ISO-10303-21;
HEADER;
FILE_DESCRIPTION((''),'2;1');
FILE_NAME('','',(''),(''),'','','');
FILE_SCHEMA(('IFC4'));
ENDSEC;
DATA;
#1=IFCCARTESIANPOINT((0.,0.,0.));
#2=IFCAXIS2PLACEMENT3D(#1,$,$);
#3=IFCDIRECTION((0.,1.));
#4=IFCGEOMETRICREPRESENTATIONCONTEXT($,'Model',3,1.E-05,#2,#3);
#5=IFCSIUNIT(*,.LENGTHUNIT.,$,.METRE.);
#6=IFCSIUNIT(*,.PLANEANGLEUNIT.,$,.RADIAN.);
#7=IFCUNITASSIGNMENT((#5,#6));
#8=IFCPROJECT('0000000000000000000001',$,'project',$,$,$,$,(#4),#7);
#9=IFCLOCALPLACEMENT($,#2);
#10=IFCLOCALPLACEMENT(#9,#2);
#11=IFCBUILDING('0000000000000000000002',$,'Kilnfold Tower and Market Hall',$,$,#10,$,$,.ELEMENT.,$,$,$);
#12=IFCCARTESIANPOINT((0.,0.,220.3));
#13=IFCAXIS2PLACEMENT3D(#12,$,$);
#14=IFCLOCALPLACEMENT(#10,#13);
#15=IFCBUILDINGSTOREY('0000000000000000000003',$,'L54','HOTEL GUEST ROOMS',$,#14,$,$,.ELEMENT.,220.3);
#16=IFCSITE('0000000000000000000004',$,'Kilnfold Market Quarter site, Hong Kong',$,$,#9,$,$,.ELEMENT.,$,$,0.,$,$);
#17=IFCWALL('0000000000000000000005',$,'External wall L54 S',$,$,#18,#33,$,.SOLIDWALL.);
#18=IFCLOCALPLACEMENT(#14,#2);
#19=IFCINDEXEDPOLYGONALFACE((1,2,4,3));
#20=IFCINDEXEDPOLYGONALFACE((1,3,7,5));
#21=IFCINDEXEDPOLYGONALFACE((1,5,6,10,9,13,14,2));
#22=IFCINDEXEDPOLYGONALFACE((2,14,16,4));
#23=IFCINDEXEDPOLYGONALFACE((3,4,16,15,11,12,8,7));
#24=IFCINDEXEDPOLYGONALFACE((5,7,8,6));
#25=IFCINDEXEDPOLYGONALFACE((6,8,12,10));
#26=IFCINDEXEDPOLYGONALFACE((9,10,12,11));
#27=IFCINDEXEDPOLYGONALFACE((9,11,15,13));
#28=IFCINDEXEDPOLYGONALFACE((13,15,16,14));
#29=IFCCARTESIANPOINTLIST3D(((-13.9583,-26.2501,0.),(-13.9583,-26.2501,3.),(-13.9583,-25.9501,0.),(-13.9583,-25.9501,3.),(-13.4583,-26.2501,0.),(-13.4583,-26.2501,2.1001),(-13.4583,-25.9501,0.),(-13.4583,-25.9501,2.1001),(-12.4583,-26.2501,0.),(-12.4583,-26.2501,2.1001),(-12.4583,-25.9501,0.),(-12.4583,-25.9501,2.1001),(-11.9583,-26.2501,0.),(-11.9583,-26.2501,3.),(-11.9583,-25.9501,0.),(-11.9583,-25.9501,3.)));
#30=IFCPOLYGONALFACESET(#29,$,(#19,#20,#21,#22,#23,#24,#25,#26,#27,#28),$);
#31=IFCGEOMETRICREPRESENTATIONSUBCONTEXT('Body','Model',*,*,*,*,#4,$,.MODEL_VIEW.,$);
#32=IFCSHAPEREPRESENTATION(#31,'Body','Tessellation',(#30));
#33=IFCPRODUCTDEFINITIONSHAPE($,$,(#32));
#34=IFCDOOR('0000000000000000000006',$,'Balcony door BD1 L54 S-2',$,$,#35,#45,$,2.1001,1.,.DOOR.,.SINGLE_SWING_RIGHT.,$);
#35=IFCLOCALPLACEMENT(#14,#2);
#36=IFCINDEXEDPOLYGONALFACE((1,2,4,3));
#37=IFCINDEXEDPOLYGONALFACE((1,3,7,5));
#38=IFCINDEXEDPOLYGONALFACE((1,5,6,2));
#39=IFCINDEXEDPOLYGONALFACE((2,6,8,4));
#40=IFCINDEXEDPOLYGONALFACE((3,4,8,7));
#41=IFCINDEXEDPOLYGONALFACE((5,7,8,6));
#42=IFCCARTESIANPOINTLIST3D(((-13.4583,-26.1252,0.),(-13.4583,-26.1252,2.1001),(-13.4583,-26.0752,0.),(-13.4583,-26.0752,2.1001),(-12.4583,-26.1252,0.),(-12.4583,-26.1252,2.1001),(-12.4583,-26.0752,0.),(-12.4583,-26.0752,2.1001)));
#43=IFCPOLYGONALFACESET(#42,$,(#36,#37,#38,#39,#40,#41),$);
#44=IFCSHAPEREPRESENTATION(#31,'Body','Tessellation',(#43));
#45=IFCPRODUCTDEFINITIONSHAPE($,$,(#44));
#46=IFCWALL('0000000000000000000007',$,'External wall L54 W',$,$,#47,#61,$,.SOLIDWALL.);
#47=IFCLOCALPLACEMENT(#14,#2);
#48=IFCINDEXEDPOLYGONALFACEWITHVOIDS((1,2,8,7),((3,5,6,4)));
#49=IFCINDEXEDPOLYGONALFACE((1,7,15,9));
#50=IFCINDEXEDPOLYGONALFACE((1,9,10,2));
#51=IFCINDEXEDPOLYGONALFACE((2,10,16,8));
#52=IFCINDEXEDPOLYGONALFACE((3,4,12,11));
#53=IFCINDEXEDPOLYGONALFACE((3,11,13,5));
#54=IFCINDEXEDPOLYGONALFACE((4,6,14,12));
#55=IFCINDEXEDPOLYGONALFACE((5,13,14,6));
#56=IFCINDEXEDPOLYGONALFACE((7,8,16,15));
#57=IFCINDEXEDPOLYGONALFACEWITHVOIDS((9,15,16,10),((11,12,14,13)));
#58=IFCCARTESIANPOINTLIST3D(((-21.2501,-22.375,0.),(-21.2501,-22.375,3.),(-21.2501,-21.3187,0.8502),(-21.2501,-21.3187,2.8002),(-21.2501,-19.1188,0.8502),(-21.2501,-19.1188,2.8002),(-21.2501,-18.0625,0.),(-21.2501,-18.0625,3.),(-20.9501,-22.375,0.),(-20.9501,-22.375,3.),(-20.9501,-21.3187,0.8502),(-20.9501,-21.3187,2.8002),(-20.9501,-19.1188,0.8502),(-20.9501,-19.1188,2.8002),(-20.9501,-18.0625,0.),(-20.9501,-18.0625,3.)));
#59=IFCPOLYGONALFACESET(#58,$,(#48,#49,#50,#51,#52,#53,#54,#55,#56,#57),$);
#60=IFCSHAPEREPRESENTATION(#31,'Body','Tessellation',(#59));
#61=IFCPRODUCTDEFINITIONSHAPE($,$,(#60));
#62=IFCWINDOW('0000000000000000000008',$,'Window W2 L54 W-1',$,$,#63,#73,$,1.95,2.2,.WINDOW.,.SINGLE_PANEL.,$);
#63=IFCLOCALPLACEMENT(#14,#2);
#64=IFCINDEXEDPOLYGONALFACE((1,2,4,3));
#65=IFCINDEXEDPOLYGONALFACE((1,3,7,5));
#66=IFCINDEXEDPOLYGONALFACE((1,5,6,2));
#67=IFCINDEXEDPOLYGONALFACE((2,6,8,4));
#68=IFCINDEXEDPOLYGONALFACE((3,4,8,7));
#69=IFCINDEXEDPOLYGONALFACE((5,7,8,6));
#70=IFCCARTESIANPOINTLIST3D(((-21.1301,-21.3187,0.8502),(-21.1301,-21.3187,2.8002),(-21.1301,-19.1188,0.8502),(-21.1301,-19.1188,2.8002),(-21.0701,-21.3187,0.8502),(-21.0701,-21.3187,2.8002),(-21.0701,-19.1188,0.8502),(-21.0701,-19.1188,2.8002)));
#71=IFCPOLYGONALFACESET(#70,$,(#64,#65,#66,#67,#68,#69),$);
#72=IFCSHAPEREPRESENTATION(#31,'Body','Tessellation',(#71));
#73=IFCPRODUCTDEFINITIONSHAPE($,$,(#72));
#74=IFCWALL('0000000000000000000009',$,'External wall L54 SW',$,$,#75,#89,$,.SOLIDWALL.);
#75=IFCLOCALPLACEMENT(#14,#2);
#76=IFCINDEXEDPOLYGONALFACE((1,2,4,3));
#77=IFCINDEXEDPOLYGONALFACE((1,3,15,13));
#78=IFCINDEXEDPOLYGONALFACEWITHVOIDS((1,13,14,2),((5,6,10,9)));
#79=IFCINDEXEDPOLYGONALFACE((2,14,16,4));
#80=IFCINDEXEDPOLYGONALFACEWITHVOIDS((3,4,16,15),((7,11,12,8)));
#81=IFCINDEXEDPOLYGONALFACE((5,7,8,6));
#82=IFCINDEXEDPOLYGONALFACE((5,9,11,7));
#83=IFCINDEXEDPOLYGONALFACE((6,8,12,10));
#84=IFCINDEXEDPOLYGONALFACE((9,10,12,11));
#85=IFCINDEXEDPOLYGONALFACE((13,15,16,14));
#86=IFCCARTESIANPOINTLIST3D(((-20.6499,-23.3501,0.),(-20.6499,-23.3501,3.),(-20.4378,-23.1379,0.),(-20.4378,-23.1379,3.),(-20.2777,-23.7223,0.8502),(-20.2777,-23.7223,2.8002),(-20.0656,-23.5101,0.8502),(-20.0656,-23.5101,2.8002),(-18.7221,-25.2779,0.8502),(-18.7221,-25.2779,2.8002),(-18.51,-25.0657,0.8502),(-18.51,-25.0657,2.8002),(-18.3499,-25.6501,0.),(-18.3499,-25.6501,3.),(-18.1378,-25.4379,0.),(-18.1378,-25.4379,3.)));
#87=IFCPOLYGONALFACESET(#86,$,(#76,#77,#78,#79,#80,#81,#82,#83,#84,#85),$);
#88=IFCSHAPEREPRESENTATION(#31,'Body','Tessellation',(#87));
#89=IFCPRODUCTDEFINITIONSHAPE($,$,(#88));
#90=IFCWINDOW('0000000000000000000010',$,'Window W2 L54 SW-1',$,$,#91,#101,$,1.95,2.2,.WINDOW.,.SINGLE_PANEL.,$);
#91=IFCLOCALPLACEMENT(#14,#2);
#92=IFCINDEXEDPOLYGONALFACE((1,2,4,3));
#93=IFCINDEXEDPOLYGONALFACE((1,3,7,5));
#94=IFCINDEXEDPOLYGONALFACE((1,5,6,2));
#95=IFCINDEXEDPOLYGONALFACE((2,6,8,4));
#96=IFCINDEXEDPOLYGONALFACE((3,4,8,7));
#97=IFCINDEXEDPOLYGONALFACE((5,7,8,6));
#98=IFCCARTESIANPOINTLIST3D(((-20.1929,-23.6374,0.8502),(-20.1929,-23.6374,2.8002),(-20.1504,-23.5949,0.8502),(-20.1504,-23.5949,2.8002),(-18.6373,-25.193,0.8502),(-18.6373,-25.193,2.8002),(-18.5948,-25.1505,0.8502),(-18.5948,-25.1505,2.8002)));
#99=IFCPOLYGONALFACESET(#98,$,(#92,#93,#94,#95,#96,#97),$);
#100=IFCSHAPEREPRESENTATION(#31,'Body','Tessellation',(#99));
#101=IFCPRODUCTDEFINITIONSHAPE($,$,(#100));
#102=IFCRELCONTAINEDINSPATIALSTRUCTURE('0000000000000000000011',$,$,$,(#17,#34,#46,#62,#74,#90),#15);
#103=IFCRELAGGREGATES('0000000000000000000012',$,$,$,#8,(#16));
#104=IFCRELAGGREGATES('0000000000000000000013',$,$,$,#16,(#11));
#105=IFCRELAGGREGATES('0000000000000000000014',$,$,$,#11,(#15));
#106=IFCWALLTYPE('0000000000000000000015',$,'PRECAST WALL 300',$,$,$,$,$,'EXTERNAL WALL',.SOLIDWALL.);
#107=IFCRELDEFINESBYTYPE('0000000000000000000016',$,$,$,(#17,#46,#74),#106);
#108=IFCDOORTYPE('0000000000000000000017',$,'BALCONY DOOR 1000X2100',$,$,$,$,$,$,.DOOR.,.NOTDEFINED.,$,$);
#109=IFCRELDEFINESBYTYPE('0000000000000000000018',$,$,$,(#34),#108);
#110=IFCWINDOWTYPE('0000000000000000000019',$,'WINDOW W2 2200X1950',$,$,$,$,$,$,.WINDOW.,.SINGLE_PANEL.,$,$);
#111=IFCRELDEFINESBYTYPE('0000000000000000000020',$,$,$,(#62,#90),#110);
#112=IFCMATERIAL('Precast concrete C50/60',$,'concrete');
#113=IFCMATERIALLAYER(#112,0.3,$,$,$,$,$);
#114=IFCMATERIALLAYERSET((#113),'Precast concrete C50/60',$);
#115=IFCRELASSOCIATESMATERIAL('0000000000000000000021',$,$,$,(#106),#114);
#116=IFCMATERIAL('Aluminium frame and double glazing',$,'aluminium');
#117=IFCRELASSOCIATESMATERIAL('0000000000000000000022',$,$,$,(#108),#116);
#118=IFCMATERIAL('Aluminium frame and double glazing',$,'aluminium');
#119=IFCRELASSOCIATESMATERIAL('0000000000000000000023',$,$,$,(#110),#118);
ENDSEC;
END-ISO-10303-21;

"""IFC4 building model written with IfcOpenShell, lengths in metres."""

from ifc_helpers import new_model, si_unit, direction, frame, frame_2d, origin, place, context, subcontext, project, spatial, rectangle, extrude, source, transform, mapped, material, layer, layer_set, type_object, element, fill, save


model = new_model("IFC4")

# Units and contexts
model_context = context("Model", 3, precision=1e-05, world=origin(), true_north=direction((0.0, 1.0)))
body_context = subcontext(model_context, "Body", "Model", "MODEL_VIEW")
ifc_project = project(units=[si_unit("LENGTHUNIT", "METRE"), si_unit("PLANEANGLEUNIT", "RADIAN")], contexts=[model_context])

# Site, building, storey
site_placement = place(None, origin())
site = spatial("IfcSite", under=ifc_project, at=site_placement, Name="Kilnfold Market Quarter site, Hong Kong", CompositionType="ELEMENT", RefElevation=0.0)
building_placement = place(site_placement, origin())
building = spatial("IfcBuilding", under=site, at=building_placement, Name="Kilnfold Tower and Market Hall", CompositionType="ELEMENT")
storey_placement = place(building_placement, frame((0.0, 0.0, 220.3)))
storey = spatial("IfcBuildingStorey", under=building, at=storey_placement, Name="L54", Description="HOTEL GUEST ROOMS", CompositionType="ELEMENT", Elevation=220.3)

# Wall, opening, door
ifc_material_1 = material(Name="Precast concrete C50/60", Category="concrete")
ifc_layer_1 = layer(ifc_material_1, 0.3)
ifc_layer_set_1 = layer_set([ifc_layer_1], Name="Precast concrete C50/60")
wall_type_1 = type_object("IfcWallType", Name="PRECAST WALL 300", ElementType="EXTERNAL WALL", PredefinedType="SOLIDWALL", material=ifc_layer_set_1)
shared_shape_1 = source(origin(), body_context, "Body", "SweptSolid", [
    extrude(rectangle(XDim=2.0, YDim=0.3, at=frame_2d((1.0, 0.0))), origin(), (0.0, 0.0, 1.0), 3.0),
])
ifc_material_2 = material(Name="Aluminium frame and double glazing", Category="aluminium")
door_type_1 = type_object("IfcDoorType", Name="BALCONY DOOR 1000X2100", OperationType="NOTDEFINED", PredefinedType="DOOR", material=ifc_material_2)
wall_1_placement = place(storey_placement, frame((-13.9583, -26.1001, 0.0), z_axis=(0.0, 0.0, 1.0), x_axis=(1.0, 0.0, 0.0)))
wall_1 = element("IfcWall", 1, at=wall_1_placement, inside=storey, type_object=wall_type_1, Name="External wall L54 S", PredefinedType="SOLIDWALL", context=body_context, shape_type="MappedRepresentation", body=[
    mapped(shared_shape_1, transform((0.0, 0.0, 0.0))),
])
opening_1_placement = place(wall_1_placement, frame((0.5, 0.0, 0.0)))
opening_1 = element("IfcOpeningElement", 2, at=opening_1_placement, cuts=wall_1, PredefinedType="OPENING", context=body_context, shape_type="SweptSolid", body=[
    extrude(rectangle(XDim=1.0, YDim=2.1001, at=frame_2d((0.5, 1.05))), frame((0.0, 0.1602, 0.0), z_axis=(0.0, -1.0, 0.0), x_axis=(1.0, 0.0, 0.0)), (0.0, 0.0, 1.0), 0.3201),
])
door_1_placement = place(opening_1_placement, origin())
door_1 = element("IfcDoor", 3, at=door_1_placement, inside=storey, type_object=door_type_1, Name="Balcony door BD1 L54 S-2", OperationType="SINGLE_SWING_RIGHT", OverallHeight=2.1001, OverallWidth=1.0, PredefinedType="DOOR", context=body_context, shape_type="SweptSolid", body=[
    extrude(rectangle(XDim=1.0, YDim=2.1001, at=frame_2d((0.5, 1.05))), frame((0.0, 0.0249, 0.0), z_axis=(0.0, -1.0, 0.0), x_axis=(1.0, 0.0, 0.0)), (0.0, 0.0, 1.0), 0.05),
])
fill(opening_1, door_1)

# Walls, openings, windows
shared_shape_2 = source(origin(), body_context, "Body", "SweptSolid", [
    extrude(rectangle(XDim=4.3125, YDim=0.3, at=frame_2d((2.1562, 0.0))), origin(), (0.0, 0.0, 1.0), 3.0),
])
wall_2_placement = place(storey_placement, frame((-21.1001, -18.0625, 0.0), z_axis=(0.0, 0.0, 1.0), x_axis=(0.0, -1.0, 0.0)))
wall_2 = element("IfcWall", 4, at=wall_2_placement, inside=storey, type_object=wall_type_1, Name="External wall L54 W", PredefinedType="SOLIDWALL", context=body_context, shape_type="MappedRepresentation", body=[
    mapped(shared_shape_2, transform((0.0, 0.0, 0.0))),
])
opening_2_placement = place(wall_2_placement, frame((1.0562, 0.0, 0.8501)))
opening_2 = element("IfcOpeningElement", 5, at=opening_2_placement, cuts=wall_2, PredefinedType="OPENING", context=body_context, shape_type="SweptSolid", body=[
    extrude(rectangle(XDim=2.2, YDim=1.95, at=frame_2d((1.1001, 0.9751))), frame((0.0, 0.1602, 0.0), z_axis=(0.0, -1.0, 0.0), x_axis=(1.0, 0.0, 0.0)), (0.0, 0.0, 1.0), 0.3201),
])
ifc_material_3 = material(Name="Aluminium frame and double glazing", Category="aluminium")
window_type = type_object("IfcWindowType", Name="WINDOW W2 2200X1950", PartitioningType="SINGLE_PANEL", PredefinedType="WINDOW", material=ifc_material_3)
window_1_placement = place(opening_2_placement, origin())
window_1 = element("IfcWindow", 6, at=window_1_placement, inside=storey, type_object=window_type, Name="Window W2 L54 W-1", OverallHeight=1.95, OverallWidth=2.2, PartitioningType="SINGLE_PANEL", PredefinedType="WINDOW", context=body_context, shape_type="SweptSolid", body=[
    extrude(rectangle(XDim=2.2, YDim=1.95, at=frame_2d((1.1001, 0.9751))), frame((0.0, 0.03, 0.0), z_axis=(0.0, -1.0, 0.0), x_axis=(1.0, 0.0, 0.0)), (0.0, 0.0, 1.0), 0.0601),
])
fill(opening_2, window_1)
shared_shape_3 = source(origin(), body_context, "Body", "SweptSolid", [
    extrude(rectangle(XDim=3.2527, YDim=0.3, at=frame_2d((1.6265, 0.0))), origin(), (0.0, 0.0, 1.0), 3.0),
])
wall_3_placement = place(storey_placement, frame((-20.5439, -23.2439, 0.0), z_axis=(0.0, 0.0, 1.0), x_axis=(0.707107, -0.707107, 0.0)))
wall_3 = element("IfcWall", 7, at=wall_3_placement, inside=storey, type_object=wall_type_1, Name="External wall L54 SW", PredefinedType="SOLIDWALL", context=body_context, shape_type="MappedRepresentation", body=[
    mapped(shared_shape_3, transform((0.0, 0.0, 0.0))),
])
opening_3_placement = place(wall_3_placement, frame((0.5264, 0.0, 0.8501)))
opening_3 = element("IfcOpeningElement", 8, at=opening_3_placement, cuts=wall_3, PredefinedType="OPENING", context=body_context, shape_type="SweptSolid", body=[
    extrude(rectangle(XDim=2.2, YDim=1.95, at=frame_2d((1.1001, 0.9751))), frame((0.0, 0.1602, 0.0), z_axis=(0.0, -1.0, 0.0), x_axis=(1.0, 0.0, 0.0)), (0.0, 0.0, 1.0), 0.3201),
])
window_2_placement = place(opening_3_placement, origin())
window_2 = element("IfcWindow", 9, at=window_2_placement, inside=storey, type_object=window_type, Name="Window W2 L54 SW-1", OverallHeight=1.95, OverallWidth=2.2, PartitioningType="SINGLE_PANEL", PredefinedType="WINDOW", context=body_context, shape_type="SweptSolid", body=[
    extrude(rectangle(XDim=2.2, YDim=1.95, at=frame_2d((1.1001, 0.9751))), frame((0.0, 0.03, 0.0), z_axis=(0.0, -1.0, 0.0), x_axis=(1.0, 0.0, 0.0)), (0.0, 0.0, 1.0), 0.0601),
])
fill(opening_3, window_2)

save(model, "model.ifc")
